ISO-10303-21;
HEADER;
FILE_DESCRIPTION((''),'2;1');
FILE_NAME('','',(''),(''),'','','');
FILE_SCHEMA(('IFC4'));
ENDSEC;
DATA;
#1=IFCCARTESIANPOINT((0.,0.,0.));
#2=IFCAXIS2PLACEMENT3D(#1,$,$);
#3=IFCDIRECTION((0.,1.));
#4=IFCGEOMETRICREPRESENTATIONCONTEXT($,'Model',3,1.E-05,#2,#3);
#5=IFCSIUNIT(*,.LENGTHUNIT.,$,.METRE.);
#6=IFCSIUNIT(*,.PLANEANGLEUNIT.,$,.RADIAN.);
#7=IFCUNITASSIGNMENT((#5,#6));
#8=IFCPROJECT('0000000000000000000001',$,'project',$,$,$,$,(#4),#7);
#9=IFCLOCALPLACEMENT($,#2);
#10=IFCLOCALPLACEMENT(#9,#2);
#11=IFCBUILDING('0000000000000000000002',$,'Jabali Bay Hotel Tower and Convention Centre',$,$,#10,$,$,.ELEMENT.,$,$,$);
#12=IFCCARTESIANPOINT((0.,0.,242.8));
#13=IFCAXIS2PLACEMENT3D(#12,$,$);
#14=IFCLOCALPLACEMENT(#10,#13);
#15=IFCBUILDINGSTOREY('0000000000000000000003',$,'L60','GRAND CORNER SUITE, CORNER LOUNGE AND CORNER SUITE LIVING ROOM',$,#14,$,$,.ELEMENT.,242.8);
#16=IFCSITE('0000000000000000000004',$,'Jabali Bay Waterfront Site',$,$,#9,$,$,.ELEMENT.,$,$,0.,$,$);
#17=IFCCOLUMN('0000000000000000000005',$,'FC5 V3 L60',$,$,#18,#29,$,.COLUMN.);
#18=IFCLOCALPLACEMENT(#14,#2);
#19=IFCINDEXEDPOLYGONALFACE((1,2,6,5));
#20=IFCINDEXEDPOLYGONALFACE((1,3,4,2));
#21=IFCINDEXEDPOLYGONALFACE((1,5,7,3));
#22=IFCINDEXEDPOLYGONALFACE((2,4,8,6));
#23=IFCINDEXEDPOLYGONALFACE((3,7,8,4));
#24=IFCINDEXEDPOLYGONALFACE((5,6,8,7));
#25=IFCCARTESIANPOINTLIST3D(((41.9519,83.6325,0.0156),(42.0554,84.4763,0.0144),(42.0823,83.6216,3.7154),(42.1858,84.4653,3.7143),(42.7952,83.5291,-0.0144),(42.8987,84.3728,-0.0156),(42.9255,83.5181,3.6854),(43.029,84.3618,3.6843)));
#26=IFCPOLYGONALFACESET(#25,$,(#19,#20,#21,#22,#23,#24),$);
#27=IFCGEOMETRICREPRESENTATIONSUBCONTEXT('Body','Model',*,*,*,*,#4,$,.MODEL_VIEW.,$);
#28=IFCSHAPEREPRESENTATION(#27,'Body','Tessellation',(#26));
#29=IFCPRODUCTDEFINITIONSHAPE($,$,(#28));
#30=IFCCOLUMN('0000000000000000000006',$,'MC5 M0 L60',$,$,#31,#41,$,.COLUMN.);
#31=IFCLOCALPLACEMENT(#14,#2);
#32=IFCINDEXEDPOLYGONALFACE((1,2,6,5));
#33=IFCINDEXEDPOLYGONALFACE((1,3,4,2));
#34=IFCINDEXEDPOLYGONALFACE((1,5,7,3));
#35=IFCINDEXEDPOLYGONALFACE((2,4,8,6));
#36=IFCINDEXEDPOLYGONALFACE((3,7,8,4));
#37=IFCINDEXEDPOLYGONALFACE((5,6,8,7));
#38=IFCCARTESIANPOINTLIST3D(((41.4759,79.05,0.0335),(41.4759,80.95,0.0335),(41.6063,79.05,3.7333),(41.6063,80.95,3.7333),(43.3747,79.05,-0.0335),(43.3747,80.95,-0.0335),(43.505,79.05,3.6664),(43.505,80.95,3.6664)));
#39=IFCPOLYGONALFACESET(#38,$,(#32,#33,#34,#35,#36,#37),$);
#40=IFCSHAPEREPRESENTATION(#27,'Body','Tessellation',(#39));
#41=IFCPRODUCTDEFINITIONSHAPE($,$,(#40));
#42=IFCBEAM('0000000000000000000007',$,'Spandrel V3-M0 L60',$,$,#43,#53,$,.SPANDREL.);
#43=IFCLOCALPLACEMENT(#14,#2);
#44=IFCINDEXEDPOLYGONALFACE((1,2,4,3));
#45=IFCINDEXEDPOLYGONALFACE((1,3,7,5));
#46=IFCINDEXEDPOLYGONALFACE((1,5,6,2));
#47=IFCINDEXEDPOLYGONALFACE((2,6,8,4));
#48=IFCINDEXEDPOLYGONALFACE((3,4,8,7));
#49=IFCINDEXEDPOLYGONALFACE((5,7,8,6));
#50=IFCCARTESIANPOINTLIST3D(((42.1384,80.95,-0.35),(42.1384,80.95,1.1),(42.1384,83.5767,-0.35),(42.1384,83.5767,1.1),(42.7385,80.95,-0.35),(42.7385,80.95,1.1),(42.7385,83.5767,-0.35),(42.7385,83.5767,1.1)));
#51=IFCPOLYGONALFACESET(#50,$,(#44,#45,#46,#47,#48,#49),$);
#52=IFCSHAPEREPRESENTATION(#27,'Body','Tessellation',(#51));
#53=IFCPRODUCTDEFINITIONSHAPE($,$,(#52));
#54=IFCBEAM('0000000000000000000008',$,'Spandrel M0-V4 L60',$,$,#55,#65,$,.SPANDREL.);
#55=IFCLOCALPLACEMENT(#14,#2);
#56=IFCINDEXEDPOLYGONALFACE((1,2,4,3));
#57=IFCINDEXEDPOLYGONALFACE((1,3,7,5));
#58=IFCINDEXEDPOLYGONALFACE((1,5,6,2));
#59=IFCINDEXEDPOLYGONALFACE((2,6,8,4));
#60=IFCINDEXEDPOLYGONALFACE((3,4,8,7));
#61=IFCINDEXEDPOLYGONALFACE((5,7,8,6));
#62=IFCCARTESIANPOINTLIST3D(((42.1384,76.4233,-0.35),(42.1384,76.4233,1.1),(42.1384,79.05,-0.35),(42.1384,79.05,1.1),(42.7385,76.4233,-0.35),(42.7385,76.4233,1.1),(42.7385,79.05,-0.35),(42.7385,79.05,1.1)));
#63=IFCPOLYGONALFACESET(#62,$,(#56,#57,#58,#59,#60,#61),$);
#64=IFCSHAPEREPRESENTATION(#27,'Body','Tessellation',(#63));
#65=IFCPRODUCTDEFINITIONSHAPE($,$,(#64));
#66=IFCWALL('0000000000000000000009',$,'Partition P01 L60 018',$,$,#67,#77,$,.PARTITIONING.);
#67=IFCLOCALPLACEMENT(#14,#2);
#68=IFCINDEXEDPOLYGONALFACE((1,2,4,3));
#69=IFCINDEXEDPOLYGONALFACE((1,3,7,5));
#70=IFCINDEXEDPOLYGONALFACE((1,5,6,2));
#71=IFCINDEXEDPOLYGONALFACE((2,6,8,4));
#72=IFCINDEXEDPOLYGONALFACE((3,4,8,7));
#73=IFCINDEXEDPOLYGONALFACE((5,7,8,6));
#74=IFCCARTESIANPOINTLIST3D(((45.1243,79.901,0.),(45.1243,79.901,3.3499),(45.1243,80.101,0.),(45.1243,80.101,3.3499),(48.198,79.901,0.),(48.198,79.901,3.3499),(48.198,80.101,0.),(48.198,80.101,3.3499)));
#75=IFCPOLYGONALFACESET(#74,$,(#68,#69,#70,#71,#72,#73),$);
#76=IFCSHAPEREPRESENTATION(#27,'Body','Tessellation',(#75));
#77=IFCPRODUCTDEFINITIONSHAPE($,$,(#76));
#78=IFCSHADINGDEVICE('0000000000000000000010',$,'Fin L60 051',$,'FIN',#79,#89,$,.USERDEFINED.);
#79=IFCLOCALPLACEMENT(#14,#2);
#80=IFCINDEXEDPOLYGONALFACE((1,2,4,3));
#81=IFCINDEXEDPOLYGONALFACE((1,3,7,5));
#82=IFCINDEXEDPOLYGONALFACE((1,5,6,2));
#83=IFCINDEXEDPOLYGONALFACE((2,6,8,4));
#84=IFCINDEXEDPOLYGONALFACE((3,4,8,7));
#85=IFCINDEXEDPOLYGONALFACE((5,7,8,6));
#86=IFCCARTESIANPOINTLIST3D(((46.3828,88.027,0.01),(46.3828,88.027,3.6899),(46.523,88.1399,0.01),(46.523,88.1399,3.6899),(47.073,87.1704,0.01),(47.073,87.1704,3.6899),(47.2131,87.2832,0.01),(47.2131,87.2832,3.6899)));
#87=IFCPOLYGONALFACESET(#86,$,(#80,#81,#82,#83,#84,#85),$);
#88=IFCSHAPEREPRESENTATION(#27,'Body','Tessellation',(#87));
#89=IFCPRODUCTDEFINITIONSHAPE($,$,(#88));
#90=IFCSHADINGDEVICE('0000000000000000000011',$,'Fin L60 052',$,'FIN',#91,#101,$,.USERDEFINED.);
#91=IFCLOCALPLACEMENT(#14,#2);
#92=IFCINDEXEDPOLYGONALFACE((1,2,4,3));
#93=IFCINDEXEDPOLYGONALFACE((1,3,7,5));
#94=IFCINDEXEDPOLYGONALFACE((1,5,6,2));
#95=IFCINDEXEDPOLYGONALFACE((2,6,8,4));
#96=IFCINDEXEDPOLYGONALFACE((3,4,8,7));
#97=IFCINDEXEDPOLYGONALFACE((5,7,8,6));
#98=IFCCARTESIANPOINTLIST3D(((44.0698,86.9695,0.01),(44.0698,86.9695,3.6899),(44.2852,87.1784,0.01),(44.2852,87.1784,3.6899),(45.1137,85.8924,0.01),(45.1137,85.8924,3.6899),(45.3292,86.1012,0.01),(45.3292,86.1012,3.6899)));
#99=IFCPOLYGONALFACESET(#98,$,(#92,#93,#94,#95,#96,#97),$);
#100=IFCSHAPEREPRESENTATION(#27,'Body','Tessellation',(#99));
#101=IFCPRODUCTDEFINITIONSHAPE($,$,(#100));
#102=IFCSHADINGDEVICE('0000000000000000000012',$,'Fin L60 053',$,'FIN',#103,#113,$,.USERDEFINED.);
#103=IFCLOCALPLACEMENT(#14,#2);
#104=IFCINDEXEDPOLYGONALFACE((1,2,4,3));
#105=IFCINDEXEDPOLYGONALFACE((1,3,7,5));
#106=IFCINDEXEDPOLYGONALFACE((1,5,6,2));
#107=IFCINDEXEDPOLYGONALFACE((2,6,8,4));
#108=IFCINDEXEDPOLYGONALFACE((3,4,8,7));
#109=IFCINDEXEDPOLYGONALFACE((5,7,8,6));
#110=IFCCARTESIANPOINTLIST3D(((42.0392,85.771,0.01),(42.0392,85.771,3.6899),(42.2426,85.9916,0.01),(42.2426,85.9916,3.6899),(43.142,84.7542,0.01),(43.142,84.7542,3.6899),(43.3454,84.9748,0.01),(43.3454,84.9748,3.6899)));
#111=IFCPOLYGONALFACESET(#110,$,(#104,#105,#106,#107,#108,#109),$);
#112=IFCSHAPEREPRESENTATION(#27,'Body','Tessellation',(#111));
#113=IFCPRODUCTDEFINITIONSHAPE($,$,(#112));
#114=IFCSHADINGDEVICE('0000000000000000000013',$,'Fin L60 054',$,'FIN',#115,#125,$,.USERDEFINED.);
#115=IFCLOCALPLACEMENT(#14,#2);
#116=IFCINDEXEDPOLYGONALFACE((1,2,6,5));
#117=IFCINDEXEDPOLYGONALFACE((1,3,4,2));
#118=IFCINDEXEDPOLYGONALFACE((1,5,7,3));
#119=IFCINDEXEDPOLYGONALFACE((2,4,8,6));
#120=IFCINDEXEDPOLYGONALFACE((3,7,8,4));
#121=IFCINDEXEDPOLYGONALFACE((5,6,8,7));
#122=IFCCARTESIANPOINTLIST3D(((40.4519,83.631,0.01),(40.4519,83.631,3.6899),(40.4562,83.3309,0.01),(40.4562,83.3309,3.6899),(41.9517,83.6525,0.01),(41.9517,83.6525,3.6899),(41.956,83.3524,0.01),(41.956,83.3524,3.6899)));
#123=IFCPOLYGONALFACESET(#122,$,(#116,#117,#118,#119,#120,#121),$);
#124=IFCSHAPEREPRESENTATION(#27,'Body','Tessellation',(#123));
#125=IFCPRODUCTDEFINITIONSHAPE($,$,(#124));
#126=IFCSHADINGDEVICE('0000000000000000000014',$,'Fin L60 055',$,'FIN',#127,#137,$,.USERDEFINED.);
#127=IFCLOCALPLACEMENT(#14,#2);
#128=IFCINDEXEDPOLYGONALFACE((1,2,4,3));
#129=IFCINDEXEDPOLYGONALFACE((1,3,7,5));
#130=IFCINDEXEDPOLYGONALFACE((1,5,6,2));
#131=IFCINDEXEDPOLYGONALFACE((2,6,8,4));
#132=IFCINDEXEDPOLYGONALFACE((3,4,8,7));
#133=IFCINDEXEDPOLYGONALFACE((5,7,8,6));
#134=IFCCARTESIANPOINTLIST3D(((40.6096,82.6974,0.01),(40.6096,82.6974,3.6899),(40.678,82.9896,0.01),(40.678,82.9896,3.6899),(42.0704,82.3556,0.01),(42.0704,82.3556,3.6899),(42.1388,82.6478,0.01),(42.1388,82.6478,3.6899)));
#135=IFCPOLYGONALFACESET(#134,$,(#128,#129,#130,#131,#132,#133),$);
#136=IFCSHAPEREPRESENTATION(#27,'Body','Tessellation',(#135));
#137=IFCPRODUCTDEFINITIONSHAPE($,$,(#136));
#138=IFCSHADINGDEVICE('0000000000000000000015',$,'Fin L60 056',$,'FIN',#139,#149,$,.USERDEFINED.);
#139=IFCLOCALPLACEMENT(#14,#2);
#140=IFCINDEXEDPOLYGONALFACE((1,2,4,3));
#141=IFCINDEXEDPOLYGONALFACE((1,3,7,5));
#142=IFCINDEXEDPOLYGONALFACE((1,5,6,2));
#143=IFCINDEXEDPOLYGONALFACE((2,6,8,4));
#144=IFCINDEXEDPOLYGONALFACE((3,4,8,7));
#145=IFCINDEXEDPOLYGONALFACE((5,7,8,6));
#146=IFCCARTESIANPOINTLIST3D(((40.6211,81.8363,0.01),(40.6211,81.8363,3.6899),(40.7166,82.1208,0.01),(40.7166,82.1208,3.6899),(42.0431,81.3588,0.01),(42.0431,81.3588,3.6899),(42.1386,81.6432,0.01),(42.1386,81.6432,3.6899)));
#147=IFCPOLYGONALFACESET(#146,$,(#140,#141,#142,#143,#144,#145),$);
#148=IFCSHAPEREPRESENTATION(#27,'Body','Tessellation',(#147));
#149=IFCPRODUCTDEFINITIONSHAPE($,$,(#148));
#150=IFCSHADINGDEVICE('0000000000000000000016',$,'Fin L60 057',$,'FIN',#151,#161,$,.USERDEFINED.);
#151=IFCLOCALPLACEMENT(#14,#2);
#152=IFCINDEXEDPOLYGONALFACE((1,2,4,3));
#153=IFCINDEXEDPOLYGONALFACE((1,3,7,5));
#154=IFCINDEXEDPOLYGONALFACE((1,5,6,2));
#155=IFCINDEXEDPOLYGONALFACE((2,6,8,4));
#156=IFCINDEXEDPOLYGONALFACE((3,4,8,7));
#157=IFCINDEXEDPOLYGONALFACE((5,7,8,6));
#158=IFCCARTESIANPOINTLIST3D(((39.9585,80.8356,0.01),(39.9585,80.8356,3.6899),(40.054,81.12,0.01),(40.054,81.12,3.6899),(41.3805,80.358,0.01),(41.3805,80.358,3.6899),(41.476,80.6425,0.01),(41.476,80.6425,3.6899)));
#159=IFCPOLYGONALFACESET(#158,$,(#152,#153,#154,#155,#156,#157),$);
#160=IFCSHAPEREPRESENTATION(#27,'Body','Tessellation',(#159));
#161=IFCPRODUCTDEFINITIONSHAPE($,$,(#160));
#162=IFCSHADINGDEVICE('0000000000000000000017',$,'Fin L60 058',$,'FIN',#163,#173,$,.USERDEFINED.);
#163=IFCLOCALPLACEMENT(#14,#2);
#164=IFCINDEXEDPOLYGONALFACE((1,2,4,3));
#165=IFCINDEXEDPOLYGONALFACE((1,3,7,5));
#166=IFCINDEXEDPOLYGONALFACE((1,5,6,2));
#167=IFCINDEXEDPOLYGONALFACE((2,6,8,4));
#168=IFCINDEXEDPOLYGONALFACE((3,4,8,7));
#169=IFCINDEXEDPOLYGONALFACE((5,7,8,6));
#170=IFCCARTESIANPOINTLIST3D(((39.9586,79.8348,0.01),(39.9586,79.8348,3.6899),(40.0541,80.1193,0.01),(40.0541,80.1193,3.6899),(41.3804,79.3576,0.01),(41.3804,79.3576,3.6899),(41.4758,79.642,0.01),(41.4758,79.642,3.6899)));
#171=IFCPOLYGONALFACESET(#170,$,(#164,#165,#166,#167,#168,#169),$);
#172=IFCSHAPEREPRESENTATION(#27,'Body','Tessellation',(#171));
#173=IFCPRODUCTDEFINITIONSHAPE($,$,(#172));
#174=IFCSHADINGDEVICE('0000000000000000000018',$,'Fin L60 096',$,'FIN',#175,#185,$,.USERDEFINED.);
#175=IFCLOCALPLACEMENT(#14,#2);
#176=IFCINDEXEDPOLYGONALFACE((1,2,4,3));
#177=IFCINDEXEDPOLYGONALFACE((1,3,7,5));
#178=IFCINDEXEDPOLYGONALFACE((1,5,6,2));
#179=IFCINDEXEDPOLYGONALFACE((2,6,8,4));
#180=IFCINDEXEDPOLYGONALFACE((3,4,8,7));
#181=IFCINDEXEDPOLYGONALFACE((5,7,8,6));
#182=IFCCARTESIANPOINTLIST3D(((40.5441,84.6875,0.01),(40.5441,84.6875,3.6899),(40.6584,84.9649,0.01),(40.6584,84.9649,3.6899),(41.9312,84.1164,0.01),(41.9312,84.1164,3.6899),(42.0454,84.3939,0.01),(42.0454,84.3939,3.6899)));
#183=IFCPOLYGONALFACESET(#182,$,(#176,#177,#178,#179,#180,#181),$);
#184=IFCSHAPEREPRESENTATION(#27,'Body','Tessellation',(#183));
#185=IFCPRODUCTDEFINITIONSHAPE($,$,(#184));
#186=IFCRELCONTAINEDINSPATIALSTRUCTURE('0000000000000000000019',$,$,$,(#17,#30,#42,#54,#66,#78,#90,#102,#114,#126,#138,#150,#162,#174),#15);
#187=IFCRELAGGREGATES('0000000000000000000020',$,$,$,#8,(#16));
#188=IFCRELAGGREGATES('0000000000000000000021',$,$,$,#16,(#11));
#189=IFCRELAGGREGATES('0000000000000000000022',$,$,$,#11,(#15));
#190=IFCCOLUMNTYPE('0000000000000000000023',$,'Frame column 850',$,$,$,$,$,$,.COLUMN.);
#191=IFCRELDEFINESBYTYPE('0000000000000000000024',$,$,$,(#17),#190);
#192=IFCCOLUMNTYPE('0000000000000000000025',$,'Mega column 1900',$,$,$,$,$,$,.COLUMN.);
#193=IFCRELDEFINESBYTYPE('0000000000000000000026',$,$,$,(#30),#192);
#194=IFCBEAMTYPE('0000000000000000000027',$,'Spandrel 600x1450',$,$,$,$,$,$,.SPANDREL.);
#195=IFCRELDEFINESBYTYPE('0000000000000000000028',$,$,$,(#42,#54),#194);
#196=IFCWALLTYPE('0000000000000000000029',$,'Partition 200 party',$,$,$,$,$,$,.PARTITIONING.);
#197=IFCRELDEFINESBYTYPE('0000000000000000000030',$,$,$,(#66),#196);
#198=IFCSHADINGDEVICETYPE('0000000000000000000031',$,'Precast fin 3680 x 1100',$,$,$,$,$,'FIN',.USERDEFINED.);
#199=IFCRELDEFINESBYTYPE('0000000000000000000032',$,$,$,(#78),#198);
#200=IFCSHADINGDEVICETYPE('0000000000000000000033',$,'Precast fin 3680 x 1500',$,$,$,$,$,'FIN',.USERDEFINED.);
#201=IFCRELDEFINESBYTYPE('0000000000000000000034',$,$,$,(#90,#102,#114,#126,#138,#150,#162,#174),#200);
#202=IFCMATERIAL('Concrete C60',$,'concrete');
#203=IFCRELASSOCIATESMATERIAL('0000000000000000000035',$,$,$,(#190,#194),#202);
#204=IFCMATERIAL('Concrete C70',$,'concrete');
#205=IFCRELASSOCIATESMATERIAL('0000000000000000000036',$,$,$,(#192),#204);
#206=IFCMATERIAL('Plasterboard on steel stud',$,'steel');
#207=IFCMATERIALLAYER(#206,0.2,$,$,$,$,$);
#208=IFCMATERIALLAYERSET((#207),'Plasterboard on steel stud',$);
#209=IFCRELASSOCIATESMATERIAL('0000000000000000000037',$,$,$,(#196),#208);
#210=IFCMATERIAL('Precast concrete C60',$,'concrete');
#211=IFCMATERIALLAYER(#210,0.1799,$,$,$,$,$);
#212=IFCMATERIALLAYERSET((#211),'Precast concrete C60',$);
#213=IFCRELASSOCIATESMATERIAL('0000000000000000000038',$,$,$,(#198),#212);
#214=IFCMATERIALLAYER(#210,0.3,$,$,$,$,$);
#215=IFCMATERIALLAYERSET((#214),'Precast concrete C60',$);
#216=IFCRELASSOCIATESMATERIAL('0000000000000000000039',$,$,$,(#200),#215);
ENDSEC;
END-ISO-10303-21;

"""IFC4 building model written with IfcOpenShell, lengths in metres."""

from ifc_helpers import new_model, si_unit, direction, frame, frame_2d, origin, origin_2d, place, context, subcontext, project, spatial, rectangle, extrude, material, layer, layer_set, material_profile, profile_set, type_object, element, save


model = new_model("IFC4")

# Units and contexts
model_context = context("Model", 3, precision=1e-05, world=origin(), true_north=direction((0.0, 1.0)))
body_context = subcontext(model_context, "Body", "Model", "MODEL_VIEW")
ifc_project = project(units=[si_unit("LENGTHUNIT", "METRE"), si_unit("PLANEANGLEUNIT", "RADIAN")], contexts=[model_context])

# Site, building, storey
site_placement = place(None, origin())
site = spatial("IfcSite", under=ifc_project, at=site_placement, Name="Jabali Bay Waterfront Site", CompositionType="ELEMENT", RefElevation=0.0)
building_placement = place(site_placement, origin())
building = spatial("IfcBuilding", under=site, at=building_placement, Name="Jabali Bay Hotel Tower and Convention Centre", CompositionType="ELEMENT")
storey_placement = place(building_placement, frame((0.0, 0.0, 242.8)))
storey = spatial("IfcBuildingStorey", under=building, at=storey_placement, Name="L60", Description="GRAND CORNER SUITE, CORNER LOUNGE AND CORNER SUITE LIVING ROOM", CompositionType="ELEMENT", Elevation=242.8)

# Columns
ifc_material_1 = material(Name="Concrete C60", Category="concrete")
ifc_material_profile_1 = material_profile(ifc_material_1, rectangle(XDim=0.8501, YDim=0.8501, at=origin_2d()), Name="Frame column 850")
ifc_profile_set_1 = profile_set([ifc_material_profile_1], Name="Concrete C60")
column_type_1 = type_object("IfcColumnType", Name="Frame column 850", PredefinedType="COLUMN", material=ifc_profile_set_1)
column_1_placement = place(storey_placement, frame((42.4253, 84.0027, 0.0), z_axis=(0.035214, -0.002967, 0.999375), x_axis=(-0.991933, 0.121747, 0.035313)))
element("IfcColumn", 1, at=column_1_placement, inside=storey, type_object=column_type_1, Name="FC5 V3 L60", PredefinedType="COLUMN", context=body_context, shape_type="SweptSolid", body=[
    extrude(rectangle(XDim=0.8501, YDim=0.8501, at=origin_2d()), origin(), (0.0, 0.0, 1.0), 3.7021),
])
ifc_material_2 = material(Name="Concrete C70", Category="concrete")
ifc_material_profile_2 = material_profile(ifc_material_2, rectangle(XDim=1.8999, YDim=1.8999, at=origin_2d()), Name="Mega column 1900")
ifc_profile_set_2 = profile_set([ifc_material_profile_2], Name="Concrete C70")
column_type_2 = type_object("IfcColumnType", Name="Mega column 1900", PredefinedType="COLUMN", material=ifc_profile_set_2)
column_2_placement = place(storey_placement, frame((42.4253, 80.0, 0.0), z_axis=(0.035214, 0.0, 0.99938), x_axis=(0.0, 1.0, 0.0)))
element("IfcColumn", 2, at=column_2_placement, inside=storey, type_object=column_type_2, Name="MC5 M0 L60", PredefinedType="COLUMN", context=body_context, shape_type="SweptSolid", body=[
    extrude(rectangle(XDim=1.8999, YDim=1.8999, at=origin_2d()), origin(), (0.0, 0.0, 1.0), 3.7021),
])

# Beams
ifc_material_profile_3 = material_profile(ifc_material_1, rectangle(XDim=0.6001, YDim=1.45, at=origin_2d()), Name="Spandrel 600x1450")
ifc_profile_set_3 = profile_set([ifc_material_profile_3], Name="Concrete C60")
beam_type = type_object("IfcBeamType", Name="Spandrel 600x1450", PredefinedType="SPANDREL", material=ifc_profile_set_3)
for number, where, z_axis, x_axis, name in (
    (3, (42.4385, 83.5767, 0.375), (0.0, -1.0, 0.0), (1.0, 0.0, 0.0), "Spandrel V3-M0 L60"),
    (4, (42.4385, 79.05, 0.375), (0.0, -1.0, 0.0), (1.0, 0.0, 0.0), "Spandrel M0-V4 L60"),
):
    element("IfcBeam", number, at=place(storey_placement, frame(where, z_axis=z_axis, x_axis=x_axis)), inside=storey, type_object=beam_type, Name=name, PredefinedType="SPANDREL", context=body_context, shape_type="SweptSolid", body=[
        extrude(rectangle(XDim=0.6001, YDim=1.45, at=origin_2d()), origin(), (0.0, 0.0, 1.0), 2.6267),
    ])

# Wall
ifc_material_3 = material(Name="Plasterboard on steel stud", Category="steel")
ifc_layer_1 = layer(ifc_material_3, 0.2)
ifc_layer_set_1 = layer_set([ifc_layer_1], Name="Plasterboard on steel stud")
wall_type_1 = type_object("IfcWallType", Name="Partition 200 party", PredefinedType="PARTITIONING", material=ifc_layer_set_1)
wall_1_placement = place(storey_placement, frame((45.1243, 80.001, 0.0), z_axis=(0.0, 0.0, 1.0), x_axis=(1.0, 0.0, 0.0)))
element("IfcWall", 5, at=wall_1_placement, inside=storey, type_object=wall_type_1, Name="Partition P01 L60 018", PredefinedType="PARTITIONING", context=body_context, shape_type="SweptSolid", body=[
    extrude(rectangle(XDim=3.0737, YDim=0.2, at=frame_2d((1.5369, 0.0))), origin(), (0.0, 0.0, 1.0), 3.3499),
])

# Shading devices
ifc_material_4 = material(Name="Precast concrete C60", Category="concrete")
ifc_layer_2 = layer(ifc_material_4, 0.1799)
ifc_layer_set_2 = layer_set([ifc_layer_2], Name="Precast concrete C60")
shading_device_type_1 = type_object("IfcShadingDeviceType", Name="Precast fin 3680 x 1100", ElementType="FIN", PredefinedType="USERDEFINED", material=ifc_layer_set_2)
shading_device_1_placement = place(storey_placement, frame((47.1431, 87.2268, 0.01), z_axis=(0.0, 0.0, 1.0), x_axis=(-0.627371, 0.778721, 0.0)))
element("IfcShadingDevice", 6, at=shading_device_1_placement, inside=storey, type_object=shading_device_type_1, Name="Fin L60 051", ObjectType="FIN", PredefinedType="USERDEFINED", context=body_context, shape_type="SweptSolid", body=[
    extrude(rectangle(XDim=1.1001, YDim=0.1799, at=frame_2d((0.55, 0.0))), origin(), (0.0, 0.0, 1.0), 3.6799),
])
ifc_layer_3 = layer(ifc_material_4, 0.3)
ifc_layer_set_3 = layer_set([ifc_layer_3], Name="Precast concrete C60")
shading_device_type_2 = type_object("IfcShadingDeviceType", Name="Precast fin 3680 x 1500", ElementType="FIN", PredefinedType="USERDEFINED", material=ifc_layer_set_3)
for number, where, z_axis, x_axis, name in (
    (7, (45.2214, 85.9968, 0.01), (0.0, 0.0, 1.0), (-0.695953, 0.718088, 0.0), "Fin L60 052"),
    (8, (43.2437, 84.8645, 0.01), (0.0, 0.0, 1.0), (-0.735171, 0.677881, 0.0), "Fin L60 053"),
    (9, (41.9539, 83.5024, 0.01), (0.0, 0.0, 1.0), (-0.999897, -0.014324, 0.0), "Fin L60 054"),
):
    element("IfcShadingDevice", number, at=place(storey_placement, frame(where, z_axis=z_axis, x_axis=x_axis)), inside=storey, type_object=shading_device_type_2, Name=name, ObjectType="FIN", PredefinedType="USERDEFINED", context=body_context, shape_type="SweptSolid", body=[
        extrude(rectangle(XDim=1.5, YDim=0.3, at=frame_2d((0.75, 0.0))), origin(), (0.0, 0.0, 1.0), 3.6799),
    ])
shading_device_2_placement = place(storey_placement, frame((42.1045, 82.5017, 0.01), z_axis=(0.0, 0.0, 1.0), x_axis=(-0.973698, 0.227842, 0.0)))
element("IfcShadingDevice", 10, at=shading_device_2_placement, inside=storey, type_object=shading_device_type_2, Name="Fin L60 055", ObjectType="FIN", PredefinedType="USERDEFINED", context=body_context, shape_type="SweptSolid", body=[
    extrude(rectangle(XDim=1.5002, YDim=0.3, at=frame_2d((0.75, 0.0))), origin(), (0.0, 0.0, 1.0), 3.6799),
])
for number, where, z_axis, x_axis, name in (
    (11, (42.0908, 81.501, 0.01), (0.0, 0.0, 1.0), (-0.947965, 0.318376, 0.0), "Fin L60 056"),
    (12, (41.4282, 80.5002, 0.01), (0.0, 0.0, 1.0), (-0.947965, 0.318376, 0.0), "Fin L60 057"),
):
    element("IfcShadingDevice", number, at=place(storey_placement, frame(where, z_axis=z_axis, x_axis=x_axis)), inside=storey, type_object=shading_device_type_2, Name=name, ObjectType="FIN", PredefinedType="USERDEFINED", context=body_context, shape_type="SweptSolid", body=[
        extrude(rectangle(XDim=1.5, YDim=0.3, at=frame_2d((0.75, 0.0))), origin(), (0.0, 0.0, 1.0), 3.6799),
    ])
shading_device_3_placement = place(storey_placement, frame((41.4282, 79.4998, 0.01), z_axis=(0.0, 0.0, 1.0), x_axis=(-0.948014, 0.318229, 0.0)))
element("IfcShadingDevice", 13, at=shading_device_3_placement, inside=storey, type_object=shading_device_type_2, Name="Fin L60 058", ObjectType="FIN", PredefinedType="USERDEFINED", context=body_context, shape_type="SweptSolid", body=[
    extrude(rectangle(XDim=1.4998, YDim=0.3, at=frame_2d((0.75, 0.0))), origin(), (0.0, 0.0, 1.0), 3.6799),
])
shading_device_4_placement = place(storey_placement, frame((41.9883, 84.2551, 0.01), z_axis=(0.0, 0.0, 1.0), x_axis=(-0.924692, 0.380717, 0.0)))
element("IfcShadingDevice", 14, at=shading_device_4_placement, inside=storey, type_object=shading_device_type_2, Name="Fin L60 096", ObjectType="FIN", PredefinedType="USERDEFINED", context=body_context, shape_type="SweptSolid", body=[
    extrude(rectangle(XDim=1.5, YDim=0.3, at=frame_2d((0.75, 0.0))), origin(), (0.0, 0.0, 1.0), 3.6799),
])

save(model, "model.ifc")
